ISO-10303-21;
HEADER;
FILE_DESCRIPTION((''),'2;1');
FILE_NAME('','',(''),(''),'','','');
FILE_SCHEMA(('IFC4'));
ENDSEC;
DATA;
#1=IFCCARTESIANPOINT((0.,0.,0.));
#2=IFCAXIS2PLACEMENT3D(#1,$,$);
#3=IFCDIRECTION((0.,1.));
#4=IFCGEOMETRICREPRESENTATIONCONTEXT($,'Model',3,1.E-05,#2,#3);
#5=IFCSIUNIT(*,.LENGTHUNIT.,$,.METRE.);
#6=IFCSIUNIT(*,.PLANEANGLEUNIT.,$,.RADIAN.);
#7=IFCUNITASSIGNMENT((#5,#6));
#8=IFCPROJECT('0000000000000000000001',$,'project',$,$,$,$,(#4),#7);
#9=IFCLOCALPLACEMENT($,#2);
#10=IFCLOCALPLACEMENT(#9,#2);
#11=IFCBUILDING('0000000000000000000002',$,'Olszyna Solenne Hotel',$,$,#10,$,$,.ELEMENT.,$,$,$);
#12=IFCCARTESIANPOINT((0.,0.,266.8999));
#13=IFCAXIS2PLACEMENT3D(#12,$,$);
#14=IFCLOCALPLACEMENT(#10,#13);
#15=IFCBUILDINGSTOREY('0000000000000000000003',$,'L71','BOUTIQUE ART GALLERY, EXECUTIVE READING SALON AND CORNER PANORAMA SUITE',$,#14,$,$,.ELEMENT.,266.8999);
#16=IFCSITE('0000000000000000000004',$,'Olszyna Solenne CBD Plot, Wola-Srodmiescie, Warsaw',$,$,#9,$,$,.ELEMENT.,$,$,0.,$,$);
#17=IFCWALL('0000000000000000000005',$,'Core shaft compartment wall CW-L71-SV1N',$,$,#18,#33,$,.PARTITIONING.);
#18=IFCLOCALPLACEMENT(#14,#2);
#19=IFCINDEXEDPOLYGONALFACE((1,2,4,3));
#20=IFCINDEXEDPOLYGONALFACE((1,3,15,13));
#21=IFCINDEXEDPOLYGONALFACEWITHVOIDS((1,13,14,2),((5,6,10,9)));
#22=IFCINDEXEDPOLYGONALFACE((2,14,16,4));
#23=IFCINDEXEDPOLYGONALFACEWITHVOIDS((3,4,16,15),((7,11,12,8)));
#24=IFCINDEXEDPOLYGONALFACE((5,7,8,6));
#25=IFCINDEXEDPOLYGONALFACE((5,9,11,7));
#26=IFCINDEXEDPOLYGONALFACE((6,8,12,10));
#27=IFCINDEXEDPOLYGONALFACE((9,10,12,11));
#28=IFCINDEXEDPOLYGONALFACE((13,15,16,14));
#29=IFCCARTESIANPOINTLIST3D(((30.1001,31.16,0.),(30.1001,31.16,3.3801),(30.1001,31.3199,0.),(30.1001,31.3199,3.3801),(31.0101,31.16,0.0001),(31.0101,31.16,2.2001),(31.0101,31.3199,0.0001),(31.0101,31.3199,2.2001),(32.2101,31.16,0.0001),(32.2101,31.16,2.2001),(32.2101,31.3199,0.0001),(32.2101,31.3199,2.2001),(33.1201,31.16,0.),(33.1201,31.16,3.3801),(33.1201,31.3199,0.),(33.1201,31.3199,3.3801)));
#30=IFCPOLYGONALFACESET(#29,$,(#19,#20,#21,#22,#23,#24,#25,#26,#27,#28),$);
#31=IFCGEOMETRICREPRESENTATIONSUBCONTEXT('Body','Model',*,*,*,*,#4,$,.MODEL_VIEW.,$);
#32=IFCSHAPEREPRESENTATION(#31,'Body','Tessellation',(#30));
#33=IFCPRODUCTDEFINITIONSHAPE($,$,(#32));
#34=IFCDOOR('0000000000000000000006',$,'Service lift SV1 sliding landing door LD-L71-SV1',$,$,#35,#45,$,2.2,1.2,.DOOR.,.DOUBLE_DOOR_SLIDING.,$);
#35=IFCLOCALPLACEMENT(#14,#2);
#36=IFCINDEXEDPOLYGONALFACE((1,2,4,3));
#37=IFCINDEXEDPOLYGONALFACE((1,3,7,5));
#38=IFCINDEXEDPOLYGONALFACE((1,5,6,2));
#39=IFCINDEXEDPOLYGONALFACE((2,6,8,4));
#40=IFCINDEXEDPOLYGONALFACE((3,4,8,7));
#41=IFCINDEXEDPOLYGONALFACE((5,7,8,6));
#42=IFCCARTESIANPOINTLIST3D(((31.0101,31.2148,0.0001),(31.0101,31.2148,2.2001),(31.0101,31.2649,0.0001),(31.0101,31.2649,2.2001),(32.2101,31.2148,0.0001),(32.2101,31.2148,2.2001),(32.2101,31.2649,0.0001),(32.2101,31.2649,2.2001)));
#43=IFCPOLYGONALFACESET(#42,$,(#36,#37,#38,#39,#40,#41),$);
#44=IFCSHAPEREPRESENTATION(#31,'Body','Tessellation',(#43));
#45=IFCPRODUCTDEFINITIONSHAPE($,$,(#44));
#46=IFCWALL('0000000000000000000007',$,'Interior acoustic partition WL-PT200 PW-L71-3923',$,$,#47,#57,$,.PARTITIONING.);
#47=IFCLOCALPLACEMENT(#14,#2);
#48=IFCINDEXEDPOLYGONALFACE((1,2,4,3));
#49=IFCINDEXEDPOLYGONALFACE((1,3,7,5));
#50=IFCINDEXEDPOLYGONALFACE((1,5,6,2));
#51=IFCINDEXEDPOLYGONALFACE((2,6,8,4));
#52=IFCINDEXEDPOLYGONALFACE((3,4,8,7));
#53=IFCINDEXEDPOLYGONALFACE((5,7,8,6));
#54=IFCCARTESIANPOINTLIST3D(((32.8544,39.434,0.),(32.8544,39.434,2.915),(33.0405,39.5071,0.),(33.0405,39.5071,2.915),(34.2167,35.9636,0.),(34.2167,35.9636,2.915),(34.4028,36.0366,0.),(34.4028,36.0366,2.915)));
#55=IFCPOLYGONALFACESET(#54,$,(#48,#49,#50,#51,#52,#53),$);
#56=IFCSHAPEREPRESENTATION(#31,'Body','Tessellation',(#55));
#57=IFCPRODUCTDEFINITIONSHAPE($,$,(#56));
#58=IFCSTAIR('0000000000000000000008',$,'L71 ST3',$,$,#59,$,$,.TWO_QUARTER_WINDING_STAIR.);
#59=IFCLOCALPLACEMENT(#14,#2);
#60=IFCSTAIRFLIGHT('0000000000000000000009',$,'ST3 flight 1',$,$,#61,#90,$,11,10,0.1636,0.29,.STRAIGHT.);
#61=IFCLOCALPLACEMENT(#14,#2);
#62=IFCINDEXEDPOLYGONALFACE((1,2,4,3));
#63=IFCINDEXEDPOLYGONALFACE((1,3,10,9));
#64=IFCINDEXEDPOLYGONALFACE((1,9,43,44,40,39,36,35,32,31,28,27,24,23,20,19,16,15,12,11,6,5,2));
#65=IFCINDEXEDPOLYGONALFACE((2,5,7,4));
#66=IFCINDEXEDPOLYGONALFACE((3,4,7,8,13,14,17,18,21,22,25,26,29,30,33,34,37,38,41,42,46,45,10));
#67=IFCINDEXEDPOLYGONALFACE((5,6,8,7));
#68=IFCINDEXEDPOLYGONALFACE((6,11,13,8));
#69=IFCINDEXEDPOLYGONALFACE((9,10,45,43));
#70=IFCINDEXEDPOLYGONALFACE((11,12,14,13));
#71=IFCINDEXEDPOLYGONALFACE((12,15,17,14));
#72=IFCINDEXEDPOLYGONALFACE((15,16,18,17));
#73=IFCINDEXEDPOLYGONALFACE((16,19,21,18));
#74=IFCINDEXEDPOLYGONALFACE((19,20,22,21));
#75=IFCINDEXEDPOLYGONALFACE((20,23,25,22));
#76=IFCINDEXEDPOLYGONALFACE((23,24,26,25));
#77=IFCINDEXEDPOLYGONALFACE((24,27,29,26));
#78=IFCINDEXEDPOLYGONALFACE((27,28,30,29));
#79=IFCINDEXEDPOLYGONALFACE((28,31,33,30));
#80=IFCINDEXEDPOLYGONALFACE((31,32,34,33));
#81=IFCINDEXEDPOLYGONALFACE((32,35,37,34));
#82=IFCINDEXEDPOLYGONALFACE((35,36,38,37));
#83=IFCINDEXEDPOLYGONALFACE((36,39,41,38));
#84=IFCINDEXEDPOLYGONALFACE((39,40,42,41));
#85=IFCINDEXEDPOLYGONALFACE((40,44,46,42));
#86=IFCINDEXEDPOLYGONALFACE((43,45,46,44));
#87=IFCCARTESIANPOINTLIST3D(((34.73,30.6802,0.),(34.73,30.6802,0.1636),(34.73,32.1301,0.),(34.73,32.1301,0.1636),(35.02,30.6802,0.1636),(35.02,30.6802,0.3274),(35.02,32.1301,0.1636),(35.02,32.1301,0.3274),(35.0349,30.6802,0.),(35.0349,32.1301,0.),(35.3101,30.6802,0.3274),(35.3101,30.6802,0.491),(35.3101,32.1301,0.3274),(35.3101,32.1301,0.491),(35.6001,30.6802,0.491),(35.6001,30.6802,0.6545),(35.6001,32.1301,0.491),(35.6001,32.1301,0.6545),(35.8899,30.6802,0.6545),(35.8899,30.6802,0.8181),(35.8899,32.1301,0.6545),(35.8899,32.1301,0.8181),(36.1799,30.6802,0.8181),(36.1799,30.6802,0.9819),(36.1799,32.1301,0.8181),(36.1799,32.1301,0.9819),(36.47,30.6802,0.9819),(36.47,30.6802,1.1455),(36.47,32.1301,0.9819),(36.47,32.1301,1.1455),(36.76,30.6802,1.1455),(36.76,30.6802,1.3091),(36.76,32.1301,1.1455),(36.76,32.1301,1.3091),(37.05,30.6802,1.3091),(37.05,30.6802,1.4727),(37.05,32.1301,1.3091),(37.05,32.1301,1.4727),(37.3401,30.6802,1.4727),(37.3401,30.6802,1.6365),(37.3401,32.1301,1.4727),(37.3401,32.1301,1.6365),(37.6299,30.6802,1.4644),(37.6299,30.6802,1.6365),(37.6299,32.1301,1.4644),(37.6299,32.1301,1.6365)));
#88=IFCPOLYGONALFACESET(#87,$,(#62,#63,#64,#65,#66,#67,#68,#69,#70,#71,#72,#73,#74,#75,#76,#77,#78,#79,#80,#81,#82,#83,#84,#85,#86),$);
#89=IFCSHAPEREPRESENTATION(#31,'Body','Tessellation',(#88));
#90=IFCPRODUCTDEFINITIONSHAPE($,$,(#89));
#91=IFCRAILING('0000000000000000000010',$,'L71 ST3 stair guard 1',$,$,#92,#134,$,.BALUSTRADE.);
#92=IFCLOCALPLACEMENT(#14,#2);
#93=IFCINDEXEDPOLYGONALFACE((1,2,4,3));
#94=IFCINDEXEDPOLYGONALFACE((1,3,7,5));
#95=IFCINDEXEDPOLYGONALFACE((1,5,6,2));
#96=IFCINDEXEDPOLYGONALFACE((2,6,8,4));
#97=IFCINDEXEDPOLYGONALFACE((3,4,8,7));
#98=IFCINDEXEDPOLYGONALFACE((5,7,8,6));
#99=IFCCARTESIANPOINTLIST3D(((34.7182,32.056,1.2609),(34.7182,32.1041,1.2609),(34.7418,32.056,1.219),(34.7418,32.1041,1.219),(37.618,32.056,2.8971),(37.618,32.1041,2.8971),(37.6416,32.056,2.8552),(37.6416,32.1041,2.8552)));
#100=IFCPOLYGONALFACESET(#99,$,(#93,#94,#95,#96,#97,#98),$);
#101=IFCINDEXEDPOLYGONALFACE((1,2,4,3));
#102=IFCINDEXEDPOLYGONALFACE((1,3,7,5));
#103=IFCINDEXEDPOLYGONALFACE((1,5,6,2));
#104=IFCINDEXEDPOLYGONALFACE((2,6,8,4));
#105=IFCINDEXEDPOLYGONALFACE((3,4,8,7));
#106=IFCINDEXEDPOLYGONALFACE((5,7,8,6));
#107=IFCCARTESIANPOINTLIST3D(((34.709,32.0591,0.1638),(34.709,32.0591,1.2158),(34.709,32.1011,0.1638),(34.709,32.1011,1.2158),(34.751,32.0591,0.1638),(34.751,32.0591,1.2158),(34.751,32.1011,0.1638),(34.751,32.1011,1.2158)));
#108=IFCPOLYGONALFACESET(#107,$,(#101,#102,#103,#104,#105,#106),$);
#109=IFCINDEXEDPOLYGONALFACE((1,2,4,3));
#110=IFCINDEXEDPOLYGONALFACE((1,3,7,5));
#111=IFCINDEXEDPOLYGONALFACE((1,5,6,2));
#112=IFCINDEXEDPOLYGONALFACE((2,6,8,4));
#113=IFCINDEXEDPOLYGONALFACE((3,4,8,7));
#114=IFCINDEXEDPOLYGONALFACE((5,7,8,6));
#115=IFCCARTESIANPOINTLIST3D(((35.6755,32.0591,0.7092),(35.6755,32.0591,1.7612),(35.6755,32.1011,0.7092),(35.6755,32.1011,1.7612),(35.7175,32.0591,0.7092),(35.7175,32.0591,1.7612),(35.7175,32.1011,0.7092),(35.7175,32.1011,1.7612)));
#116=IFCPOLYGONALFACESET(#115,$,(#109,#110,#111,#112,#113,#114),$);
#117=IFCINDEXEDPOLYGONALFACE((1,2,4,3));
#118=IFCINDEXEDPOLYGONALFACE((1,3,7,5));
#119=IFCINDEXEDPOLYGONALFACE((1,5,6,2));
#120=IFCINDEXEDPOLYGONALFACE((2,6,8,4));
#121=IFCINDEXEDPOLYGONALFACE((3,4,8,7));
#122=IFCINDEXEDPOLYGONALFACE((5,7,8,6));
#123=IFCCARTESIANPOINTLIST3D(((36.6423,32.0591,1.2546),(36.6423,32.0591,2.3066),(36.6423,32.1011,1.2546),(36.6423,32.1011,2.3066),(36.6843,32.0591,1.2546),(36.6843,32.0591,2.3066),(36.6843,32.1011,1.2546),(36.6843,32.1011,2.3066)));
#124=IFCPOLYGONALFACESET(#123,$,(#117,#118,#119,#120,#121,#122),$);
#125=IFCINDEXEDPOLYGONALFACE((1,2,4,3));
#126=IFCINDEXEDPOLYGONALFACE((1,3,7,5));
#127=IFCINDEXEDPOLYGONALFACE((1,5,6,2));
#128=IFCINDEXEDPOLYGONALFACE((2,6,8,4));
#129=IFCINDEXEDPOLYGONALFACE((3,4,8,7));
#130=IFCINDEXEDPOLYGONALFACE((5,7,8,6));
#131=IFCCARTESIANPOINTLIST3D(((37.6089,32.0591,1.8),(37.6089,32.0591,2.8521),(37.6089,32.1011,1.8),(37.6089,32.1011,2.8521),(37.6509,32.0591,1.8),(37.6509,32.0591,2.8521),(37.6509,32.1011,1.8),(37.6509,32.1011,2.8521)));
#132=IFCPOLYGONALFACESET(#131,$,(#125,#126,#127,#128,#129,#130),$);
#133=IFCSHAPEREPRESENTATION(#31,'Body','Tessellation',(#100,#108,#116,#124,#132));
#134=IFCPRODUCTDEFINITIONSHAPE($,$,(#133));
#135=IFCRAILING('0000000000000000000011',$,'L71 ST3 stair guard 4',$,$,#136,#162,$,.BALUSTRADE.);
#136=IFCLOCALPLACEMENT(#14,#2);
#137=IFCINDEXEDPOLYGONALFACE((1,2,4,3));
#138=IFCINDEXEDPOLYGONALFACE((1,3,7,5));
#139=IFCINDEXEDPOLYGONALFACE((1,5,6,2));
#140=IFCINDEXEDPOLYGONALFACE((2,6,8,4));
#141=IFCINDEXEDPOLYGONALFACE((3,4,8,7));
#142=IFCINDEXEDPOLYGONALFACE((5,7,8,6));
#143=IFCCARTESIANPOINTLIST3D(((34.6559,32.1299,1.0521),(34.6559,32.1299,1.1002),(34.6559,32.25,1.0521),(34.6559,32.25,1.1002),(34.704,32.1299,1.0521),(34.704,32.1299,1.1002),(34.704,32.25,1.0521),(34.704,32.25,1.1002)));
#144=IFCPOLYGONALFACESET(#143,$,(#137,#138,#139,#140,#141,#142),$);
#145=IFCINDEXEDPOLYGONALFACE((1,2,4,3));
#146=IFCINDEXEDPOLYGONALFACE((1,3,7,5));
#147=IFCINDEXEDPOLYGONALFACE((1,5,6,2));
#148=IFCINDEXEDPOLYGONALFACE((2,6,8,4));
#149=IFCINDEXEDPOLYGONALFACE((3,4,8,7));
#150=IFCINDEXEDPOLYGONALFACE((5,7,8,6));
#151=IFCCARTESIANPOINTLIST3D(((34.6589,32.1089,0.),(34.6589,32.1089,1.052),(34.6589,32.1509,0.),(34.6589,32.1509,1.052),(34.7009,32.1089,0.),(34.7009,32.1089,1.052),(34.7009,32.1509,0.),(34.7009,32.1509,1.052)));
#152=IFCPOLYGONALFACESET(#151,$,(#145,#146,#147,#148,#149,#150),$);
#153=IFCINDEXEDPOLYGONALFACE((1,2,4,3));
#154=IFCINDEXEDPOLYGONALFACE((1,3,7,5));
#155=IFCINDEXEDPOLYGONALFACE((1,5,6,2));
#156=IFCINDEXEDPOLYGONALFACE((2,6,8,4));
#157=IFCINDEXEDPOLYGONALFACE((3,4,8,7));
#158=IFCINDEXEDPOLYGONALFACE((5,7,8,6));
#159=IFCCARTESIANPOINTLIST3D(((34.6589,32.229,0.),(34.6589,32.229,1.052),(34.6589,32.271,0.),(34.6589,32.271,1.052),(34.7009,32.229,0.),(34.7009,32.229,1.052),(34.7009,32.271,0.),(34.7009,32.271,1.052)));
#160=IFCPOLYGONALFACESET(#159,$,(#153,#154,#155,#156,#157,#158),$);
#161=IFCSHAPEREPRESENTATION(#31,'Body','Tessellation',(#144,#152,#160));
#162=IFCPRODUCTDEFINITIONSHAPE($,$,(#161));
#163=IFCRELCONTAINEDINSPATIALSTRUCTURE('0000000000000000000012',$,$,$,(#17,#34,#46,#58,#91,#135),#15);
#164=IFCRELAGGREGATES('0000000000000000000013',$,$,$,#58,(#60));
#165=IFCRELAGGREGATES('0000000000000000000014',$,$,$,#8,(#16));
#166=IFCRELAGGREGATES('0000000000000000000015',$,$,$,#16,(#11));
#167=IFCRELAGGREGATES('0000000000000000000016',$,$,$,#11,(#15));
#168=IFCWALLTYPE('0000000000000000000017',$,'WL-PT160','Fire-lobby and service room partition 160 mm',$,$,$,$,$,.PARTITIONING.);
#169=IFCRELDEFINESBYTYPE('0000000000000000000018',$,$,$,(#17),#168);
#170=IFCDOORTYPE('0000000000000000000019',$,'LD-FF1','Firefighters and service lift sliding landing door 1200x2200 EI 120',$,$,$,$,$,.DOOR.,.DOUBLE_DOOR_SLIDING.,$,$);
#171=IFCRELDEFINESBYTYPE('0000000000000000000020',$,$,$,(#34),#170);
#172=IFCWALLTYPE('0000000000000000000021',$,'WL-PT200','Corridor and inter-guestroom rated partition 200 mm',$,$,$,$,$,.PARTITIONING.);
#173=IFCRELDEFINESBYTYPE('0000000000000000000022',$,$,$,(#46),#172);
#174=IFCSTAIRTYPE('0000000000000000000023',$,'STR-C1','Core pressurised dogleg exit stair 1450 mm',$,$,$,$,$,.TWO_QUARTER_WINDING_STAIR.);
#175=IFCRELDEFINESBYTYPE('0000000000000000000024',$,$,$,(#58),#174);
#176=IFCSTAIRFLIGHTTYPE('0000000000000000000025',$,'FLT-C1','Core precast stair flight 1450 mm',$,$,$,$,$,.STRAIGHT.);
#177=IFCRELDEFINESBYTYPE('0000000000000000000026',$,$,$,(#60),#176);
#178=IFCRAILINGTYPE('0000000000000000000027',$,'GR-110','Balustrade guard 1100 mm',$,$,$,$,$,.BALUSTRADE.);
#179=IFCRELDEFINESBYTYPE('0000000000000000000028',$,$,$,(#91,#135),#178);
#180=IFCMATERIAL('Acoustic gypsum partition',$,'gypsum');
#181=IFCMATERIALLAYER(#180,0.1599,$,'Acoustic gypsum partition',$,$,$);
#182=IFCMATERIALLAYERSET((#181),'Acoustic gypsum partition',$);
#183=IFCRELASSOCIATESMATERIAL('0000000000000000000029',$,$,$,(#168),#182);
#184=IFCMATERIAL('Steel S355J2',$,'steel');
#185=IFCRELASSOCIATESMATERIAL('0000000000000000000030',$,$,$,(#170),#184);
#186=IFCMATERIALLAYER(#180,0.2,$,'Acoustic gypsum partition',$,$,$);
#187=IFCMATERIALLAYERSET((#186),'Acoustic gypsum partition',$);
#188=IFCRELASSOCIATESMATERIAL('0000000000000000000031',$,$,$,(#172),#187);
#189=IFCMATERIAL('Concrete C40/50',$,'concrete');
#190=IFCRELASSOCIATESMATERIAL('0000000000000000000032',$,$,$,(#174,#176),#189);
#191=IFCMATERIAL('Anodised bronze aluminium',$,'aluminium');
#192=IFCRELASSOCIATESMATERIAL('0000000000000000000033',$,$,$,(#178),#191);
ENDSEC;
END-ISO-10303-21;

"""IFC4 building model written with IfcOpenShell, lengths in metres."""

from ifc_helpers import new_model, si_unit, direction, frame, frame_2d, origin, origin_2d, place, context, subcontext, project, spatial, polyline, rectangle, outline, extrude, source, transform, mapped, material, layer, layer_set, type_object, type_shapes, element, fill, aggregate, save


model = new_model("IFC4")

# Units and contexts
model_context = context("Model", 3, precision=1e-05, world=origin(), true_north=direction((0.0, 1.0)))
body_context = subcontext(model_context, "Body", "Model", "MODEL_VIEW")
ifc_project = project(units=[si_unit("LENGTHUNIT", "METRE"), si_unit("PLANEANGLEUNIT", "RADIAN")], contexts=[model_context])

# Site, building, storey
site_placement = place(None, origin())
site = spatial("IfcSite", under=ifc_project, at=site_placement, Name="Olszyna Solenne CBD Plot, Wola-Srodmiescie, Warsaw", CompositionType="ELEMENT", RefElevation=0.0)
building_placement = place(site_placement, origin())
building = spatial("IfcBuilding", under=site, at=building_placement, Name="Olszyna Solenne Hotel", CompositionType="ELEMENT")
storey_placement = place(building_placement, frame((0.0, 0.0, 266.8999)))
storey = spatial("IfcBuildingStorey", under=building, at=storey_placement, Name="L71", Description="BOUTIQUE ART GALLERY, EXECUTIVE READING SALON AND CORNER PANORAMA SUITE", CompositionType="ELEMENT", Elevation=266.8999)

# Shared definitions
ifc_material_1 = material(Name="Steel S355J2", Category="steel")

# Shared definitions
ifc_material_2 = material(Name="Anodised bronze aluminium", Category="aluminium")

# Shared definitions
ifc_material_3 = material(Name="Acoustic gypsum partition", Category="gypsum")
ifc_layer_1 = layer(ifc_material_3, 0.1599, Name="Acoustic gypsum partition")
ifc_layer_set_1 = layer_set([ifc_layer_1], Name="Acoustic gypsum partition")
wall_type_1 = type_object("IfcWallType", Name="WL-PT160", Description="Fire-lobby and service room partition 160 mm", PredefinedType="PARTITIONING", material=ifc_layer_set_1)

# Wall, opening, door
wall_1_placement = place(storey_placement, frame((30.1001, 31.24, 0.0), z_axis=(0.0, 0.0, 1.0), x_axis=(1.0, 0.0, 0.0)))
wall_1 = element("IfcWall", 1, at=wall_1_placement, inside=storey, type_object=wall_type_1, Name="Core shaft compartment wall CW-L71-SV1N", PredefinedType="PARTITIONING", context=body_context, shape_type="SweptSolid", body=[
    extrude(rectangle(XDim=3.02, YDim=0.1599, at=frame_2d((1.51, 0.0))), origin(), (0.0, 0.0, 1.0), 3.3801),
])
opening_1_placement = place(wall_1_placement, frame((0.9099, 0.0, 0.0)))
opening_1 = element("IfcOpeningElement", 2, at=opening_1_placement, cuts=wall_1, PredefinedType="OPENING", context=body_context, shape_type="SweptSolid", body=[
    extrude(rectangle(XDim=1.2, YDim=2.2, at=frame_2d((0.6001, 1.1001))), frame((0.0, 0.0898, 0.0), z_axis=(0.0, -1.0, 0.0), x_axis=(1.0, 0.0, 0.0)), (0.0, 0.0, 1.0), 0.1799),
])
door_type_1 = type_object("IfcDoorType", Name="LD-FF1", Description="Firefighters and service lift sliding landing door 1200x2200 EI 120", OperationType="DOUBLE_DOOR_SLIDING", PredefinedType="DOOR", material=ifc_material_1)
shared_shape_1 = source(origin(), body_context, "Body", "SweptSolid", [
    extrude(rectangle(XDim=1.2, YDim=2.2, at=frame_2d((0.6001, 1.1001))), frame((0.0, 0.0249, 0.0), z_axis=(0.0, -1.0, 0.0), x_axis=(1.0, 0.0, 0.0)), (0.0, 0.0, 1.0), 0.05),
])
type_shapes(door_type_1, [shared_shape_1])
door_1_placement = place(opening_1_placement, origin())
door_1 = element("IfcDoor", 3, at=door_1_placement, inside=storey, type_object=door_type_1, Name="Service lift SV1 sliding landing door LD-L71-SV1", OperationType="DOUBLE_DOOR_SLIDING", OverallHeight=2.2, OverallWidth=1.2, PredefinedType="DOOR", context=body_context, shape_type="MappedRepresentation", body=[
    mapped(shared_shape_1, transform((0.0, 0.0, 0.0), x_axis=(1.0, 0.0, 0.0), y_axis=(0.0, 1.0, 0.0), z_axis=(0.0, 0.0, 1.0), scale=1.0)),
])
fill(opening_1, door_1)

# Wall
ifc_layer_2 = layer(ifc_material_3, 0.2, Name="Acoustic gypsum partition")
ifc_layer_set_2 = layer_set([ifc_layer_2], Name="Acoustic gypsum partition")
wall_type_2 = type_object("IfcWallType", Name="WL-PT200", Description="Corridor and inter-guestroom rated partition 200 mm", PredefinedType="PARTITIONING", material=ifc_layer_set_2)
wall_2_placement = place(storey_placement, frame((34.3098, 36.0, 0.0), z_axis=(0.0, 0.0, 1.0), x_axis=(-0.365399, 0.930851, 0.0)))
element("IfcWall", 4, at=wall_2_placement, inside=storey, type_object=wall_type_2, Name="Interior acoustic partition WL-PT200 PW-L71-3923", PredefinedType="PARTITIONING", context=body_context, shape_type="SweptSolid", body=[
    extrude(rectangle(XDim=3.7283, YDim=0.2, at=frame_2d((1.8643, 0.0))), origin(), (0.0, 0.0, 1.0), 2.915),
])

# Stair, stair flight
ifc_material_4 = material(Name="Concrete C40/50", Category="concrete")
stair_type = type_object("IfcStairType", Name="STR-C1", Description="Core pressurised dogleg exit stair 1450 mm", PredefinedType="TWO_QUARTER_WINDING_STAIR", material=ifc_material_4)
stair_placement = place(storey_placement, origin())
stair = element("IfcStair", 5, at=stair_placement, inside=storey, type_object=stair_type, Name="L71 ST3", PredefinedType="TWO_QUARTER_WINDING_STAIR")
stair_flight_type = type_object("IfcStairFlightType", Name="FLT-C1", Description="Core precast stair flight 1450 mm", PredefinedType="STRAIGHT", material=ifc_material_4)
stair_flight_placement = place(storey_placement, frame((34.73, 31.405, 0.0), z_axis=(0.0, 0.0, 1.0), x_axis=(1.0, 0.0, 0.0)))
stair_flight = element("IfcStairFlight", 6, at=stair_flight_placement, type_object=stair_flight_type, Name="ST3 flight 1", NumberOfRisers=11, NumberOfTreads=10, PredefinedType="STRAIGHT", RiserHeight=0.1636, TreadLength=0.29, context=body_context, shape_type="SweptSolid", body=[
    extrude(outline(polyline([(0.0, 0.0), (0.0, 0.1636), (0.29, 0.1636), (0.29, 0.3274), (0.5801, 0.3274), (0.5801, 0.491), (0.8701, 0.491), (0.8701, 0.6545), (1.1599, 0.6545), (1.1599, 0.8181), (1.45, 0.8181), (1.45, 0.9819), (1.74, 0.9819), (1.74, 1.1455), (2.03, 1.1455), (2.03, 1.3091), (2.3201, 1.3091), (2.3201, 1.4727), (2.6101, 1.4727), (2.6101, 1.6365), (2.8999, 1.6365), (2.8999, 1.8), (2.8999, 1.4644), (0.3049, 0.0), (0.0, 0.0)])), frame((0.0, 0.7251, 0.0), z_axis=(0.0, -1.0, 0.0), x_axis=(1.0, 0.0, 0.0)), (0.0, 0.0, 1.0), 1.45),
])
aggregate(stair, [stair_flight])

# Railings
railing_type_1 = type_object("IfcRailingType", Name="GR-110", Description="Balustrade guard 1100 mm", PredefinedType="BALUSTRADE", material=ifc_material_2)
railing_1_placement = place(storey_placement, frame((34.73, 32.0801, 0.1638)))
element("IfcRailing", 7, at=railing_1_placement, inside=storey, type_object=railing_type_1, Name="L71 ST3 stair guard 1", PredefinedType="BALUSTRADE", context=body_context, shape_type="SweptSolid", body=[
    extrude(rectangle(XDim=0.0481, YDim=0.0481, at=origin_2d()), frame((0.0, 0.0, 1.0762), z_axis=(0.870929, 0.0, 0.49141), x_axis=(0.0, 1.0, 0.0)), (0.0, 0.0, 1.0), 3.3296),
    extrude(rectangle(XDim=0.042, YDim=0.042, at=origin_2d()), origin(), (0.0, 0.0, 1.0), 1.052),
    extrude(rectangle(XDim=0.042, YDim=0.042, at=origin_2d()), frame((0.9666, 0.0, 0.5454)), (0.0, 0.0, 1.0), 1.052),
    extrude(rectangle(XDim=0.042, YDim=0.042, at=origin_2d()), frame((1.9333, 0.0, 1.0908)), (0.0, 0.0, 1.0), 1.052),
    extrude(rectangle(XDim=0.042, YDim=0.042, at=origin_2d()), frame((2.8999, 0.0, 1.6362)), (0.0, 0.0, 1.0), 1.052),
])
railing_2_placement = place(storey_placement, frame((34.6799, 32.1299, 0.0)))
element("IfcRailing", 8, at=railing_2_placement, inside=storey, type_object=railing_type_1, Name="L71 ST3 stair guard 4", PredefinedType="BALUSTRADE", context=body_context, shape_type="SweptSolid", body=[
    extrude(rectangle(XDim=0.0481, YDim=0.0481, at=origin_2d()), frame((0.0, 0.0, 1.0762), z_axis=(0.0, 1.0, 0.0), x_axis=(-1.0, 0.0, 0.0)), (0.0, 0.0, 1.0), 0.1201),
    extrude(rectangle(XDim=0.042, YDim=0.042, at=origin_2d()), origin(), (0.0, 0.0, 1.0), 1.052),
    extrude(rectangle(XDim=0.042, YDim=0.042, at=origin_2d()), frame((0.0, 0.1201, 0.0)), (0.0, 0.0, 1.0), 1.052),
])

save(model, "model.ifc")
